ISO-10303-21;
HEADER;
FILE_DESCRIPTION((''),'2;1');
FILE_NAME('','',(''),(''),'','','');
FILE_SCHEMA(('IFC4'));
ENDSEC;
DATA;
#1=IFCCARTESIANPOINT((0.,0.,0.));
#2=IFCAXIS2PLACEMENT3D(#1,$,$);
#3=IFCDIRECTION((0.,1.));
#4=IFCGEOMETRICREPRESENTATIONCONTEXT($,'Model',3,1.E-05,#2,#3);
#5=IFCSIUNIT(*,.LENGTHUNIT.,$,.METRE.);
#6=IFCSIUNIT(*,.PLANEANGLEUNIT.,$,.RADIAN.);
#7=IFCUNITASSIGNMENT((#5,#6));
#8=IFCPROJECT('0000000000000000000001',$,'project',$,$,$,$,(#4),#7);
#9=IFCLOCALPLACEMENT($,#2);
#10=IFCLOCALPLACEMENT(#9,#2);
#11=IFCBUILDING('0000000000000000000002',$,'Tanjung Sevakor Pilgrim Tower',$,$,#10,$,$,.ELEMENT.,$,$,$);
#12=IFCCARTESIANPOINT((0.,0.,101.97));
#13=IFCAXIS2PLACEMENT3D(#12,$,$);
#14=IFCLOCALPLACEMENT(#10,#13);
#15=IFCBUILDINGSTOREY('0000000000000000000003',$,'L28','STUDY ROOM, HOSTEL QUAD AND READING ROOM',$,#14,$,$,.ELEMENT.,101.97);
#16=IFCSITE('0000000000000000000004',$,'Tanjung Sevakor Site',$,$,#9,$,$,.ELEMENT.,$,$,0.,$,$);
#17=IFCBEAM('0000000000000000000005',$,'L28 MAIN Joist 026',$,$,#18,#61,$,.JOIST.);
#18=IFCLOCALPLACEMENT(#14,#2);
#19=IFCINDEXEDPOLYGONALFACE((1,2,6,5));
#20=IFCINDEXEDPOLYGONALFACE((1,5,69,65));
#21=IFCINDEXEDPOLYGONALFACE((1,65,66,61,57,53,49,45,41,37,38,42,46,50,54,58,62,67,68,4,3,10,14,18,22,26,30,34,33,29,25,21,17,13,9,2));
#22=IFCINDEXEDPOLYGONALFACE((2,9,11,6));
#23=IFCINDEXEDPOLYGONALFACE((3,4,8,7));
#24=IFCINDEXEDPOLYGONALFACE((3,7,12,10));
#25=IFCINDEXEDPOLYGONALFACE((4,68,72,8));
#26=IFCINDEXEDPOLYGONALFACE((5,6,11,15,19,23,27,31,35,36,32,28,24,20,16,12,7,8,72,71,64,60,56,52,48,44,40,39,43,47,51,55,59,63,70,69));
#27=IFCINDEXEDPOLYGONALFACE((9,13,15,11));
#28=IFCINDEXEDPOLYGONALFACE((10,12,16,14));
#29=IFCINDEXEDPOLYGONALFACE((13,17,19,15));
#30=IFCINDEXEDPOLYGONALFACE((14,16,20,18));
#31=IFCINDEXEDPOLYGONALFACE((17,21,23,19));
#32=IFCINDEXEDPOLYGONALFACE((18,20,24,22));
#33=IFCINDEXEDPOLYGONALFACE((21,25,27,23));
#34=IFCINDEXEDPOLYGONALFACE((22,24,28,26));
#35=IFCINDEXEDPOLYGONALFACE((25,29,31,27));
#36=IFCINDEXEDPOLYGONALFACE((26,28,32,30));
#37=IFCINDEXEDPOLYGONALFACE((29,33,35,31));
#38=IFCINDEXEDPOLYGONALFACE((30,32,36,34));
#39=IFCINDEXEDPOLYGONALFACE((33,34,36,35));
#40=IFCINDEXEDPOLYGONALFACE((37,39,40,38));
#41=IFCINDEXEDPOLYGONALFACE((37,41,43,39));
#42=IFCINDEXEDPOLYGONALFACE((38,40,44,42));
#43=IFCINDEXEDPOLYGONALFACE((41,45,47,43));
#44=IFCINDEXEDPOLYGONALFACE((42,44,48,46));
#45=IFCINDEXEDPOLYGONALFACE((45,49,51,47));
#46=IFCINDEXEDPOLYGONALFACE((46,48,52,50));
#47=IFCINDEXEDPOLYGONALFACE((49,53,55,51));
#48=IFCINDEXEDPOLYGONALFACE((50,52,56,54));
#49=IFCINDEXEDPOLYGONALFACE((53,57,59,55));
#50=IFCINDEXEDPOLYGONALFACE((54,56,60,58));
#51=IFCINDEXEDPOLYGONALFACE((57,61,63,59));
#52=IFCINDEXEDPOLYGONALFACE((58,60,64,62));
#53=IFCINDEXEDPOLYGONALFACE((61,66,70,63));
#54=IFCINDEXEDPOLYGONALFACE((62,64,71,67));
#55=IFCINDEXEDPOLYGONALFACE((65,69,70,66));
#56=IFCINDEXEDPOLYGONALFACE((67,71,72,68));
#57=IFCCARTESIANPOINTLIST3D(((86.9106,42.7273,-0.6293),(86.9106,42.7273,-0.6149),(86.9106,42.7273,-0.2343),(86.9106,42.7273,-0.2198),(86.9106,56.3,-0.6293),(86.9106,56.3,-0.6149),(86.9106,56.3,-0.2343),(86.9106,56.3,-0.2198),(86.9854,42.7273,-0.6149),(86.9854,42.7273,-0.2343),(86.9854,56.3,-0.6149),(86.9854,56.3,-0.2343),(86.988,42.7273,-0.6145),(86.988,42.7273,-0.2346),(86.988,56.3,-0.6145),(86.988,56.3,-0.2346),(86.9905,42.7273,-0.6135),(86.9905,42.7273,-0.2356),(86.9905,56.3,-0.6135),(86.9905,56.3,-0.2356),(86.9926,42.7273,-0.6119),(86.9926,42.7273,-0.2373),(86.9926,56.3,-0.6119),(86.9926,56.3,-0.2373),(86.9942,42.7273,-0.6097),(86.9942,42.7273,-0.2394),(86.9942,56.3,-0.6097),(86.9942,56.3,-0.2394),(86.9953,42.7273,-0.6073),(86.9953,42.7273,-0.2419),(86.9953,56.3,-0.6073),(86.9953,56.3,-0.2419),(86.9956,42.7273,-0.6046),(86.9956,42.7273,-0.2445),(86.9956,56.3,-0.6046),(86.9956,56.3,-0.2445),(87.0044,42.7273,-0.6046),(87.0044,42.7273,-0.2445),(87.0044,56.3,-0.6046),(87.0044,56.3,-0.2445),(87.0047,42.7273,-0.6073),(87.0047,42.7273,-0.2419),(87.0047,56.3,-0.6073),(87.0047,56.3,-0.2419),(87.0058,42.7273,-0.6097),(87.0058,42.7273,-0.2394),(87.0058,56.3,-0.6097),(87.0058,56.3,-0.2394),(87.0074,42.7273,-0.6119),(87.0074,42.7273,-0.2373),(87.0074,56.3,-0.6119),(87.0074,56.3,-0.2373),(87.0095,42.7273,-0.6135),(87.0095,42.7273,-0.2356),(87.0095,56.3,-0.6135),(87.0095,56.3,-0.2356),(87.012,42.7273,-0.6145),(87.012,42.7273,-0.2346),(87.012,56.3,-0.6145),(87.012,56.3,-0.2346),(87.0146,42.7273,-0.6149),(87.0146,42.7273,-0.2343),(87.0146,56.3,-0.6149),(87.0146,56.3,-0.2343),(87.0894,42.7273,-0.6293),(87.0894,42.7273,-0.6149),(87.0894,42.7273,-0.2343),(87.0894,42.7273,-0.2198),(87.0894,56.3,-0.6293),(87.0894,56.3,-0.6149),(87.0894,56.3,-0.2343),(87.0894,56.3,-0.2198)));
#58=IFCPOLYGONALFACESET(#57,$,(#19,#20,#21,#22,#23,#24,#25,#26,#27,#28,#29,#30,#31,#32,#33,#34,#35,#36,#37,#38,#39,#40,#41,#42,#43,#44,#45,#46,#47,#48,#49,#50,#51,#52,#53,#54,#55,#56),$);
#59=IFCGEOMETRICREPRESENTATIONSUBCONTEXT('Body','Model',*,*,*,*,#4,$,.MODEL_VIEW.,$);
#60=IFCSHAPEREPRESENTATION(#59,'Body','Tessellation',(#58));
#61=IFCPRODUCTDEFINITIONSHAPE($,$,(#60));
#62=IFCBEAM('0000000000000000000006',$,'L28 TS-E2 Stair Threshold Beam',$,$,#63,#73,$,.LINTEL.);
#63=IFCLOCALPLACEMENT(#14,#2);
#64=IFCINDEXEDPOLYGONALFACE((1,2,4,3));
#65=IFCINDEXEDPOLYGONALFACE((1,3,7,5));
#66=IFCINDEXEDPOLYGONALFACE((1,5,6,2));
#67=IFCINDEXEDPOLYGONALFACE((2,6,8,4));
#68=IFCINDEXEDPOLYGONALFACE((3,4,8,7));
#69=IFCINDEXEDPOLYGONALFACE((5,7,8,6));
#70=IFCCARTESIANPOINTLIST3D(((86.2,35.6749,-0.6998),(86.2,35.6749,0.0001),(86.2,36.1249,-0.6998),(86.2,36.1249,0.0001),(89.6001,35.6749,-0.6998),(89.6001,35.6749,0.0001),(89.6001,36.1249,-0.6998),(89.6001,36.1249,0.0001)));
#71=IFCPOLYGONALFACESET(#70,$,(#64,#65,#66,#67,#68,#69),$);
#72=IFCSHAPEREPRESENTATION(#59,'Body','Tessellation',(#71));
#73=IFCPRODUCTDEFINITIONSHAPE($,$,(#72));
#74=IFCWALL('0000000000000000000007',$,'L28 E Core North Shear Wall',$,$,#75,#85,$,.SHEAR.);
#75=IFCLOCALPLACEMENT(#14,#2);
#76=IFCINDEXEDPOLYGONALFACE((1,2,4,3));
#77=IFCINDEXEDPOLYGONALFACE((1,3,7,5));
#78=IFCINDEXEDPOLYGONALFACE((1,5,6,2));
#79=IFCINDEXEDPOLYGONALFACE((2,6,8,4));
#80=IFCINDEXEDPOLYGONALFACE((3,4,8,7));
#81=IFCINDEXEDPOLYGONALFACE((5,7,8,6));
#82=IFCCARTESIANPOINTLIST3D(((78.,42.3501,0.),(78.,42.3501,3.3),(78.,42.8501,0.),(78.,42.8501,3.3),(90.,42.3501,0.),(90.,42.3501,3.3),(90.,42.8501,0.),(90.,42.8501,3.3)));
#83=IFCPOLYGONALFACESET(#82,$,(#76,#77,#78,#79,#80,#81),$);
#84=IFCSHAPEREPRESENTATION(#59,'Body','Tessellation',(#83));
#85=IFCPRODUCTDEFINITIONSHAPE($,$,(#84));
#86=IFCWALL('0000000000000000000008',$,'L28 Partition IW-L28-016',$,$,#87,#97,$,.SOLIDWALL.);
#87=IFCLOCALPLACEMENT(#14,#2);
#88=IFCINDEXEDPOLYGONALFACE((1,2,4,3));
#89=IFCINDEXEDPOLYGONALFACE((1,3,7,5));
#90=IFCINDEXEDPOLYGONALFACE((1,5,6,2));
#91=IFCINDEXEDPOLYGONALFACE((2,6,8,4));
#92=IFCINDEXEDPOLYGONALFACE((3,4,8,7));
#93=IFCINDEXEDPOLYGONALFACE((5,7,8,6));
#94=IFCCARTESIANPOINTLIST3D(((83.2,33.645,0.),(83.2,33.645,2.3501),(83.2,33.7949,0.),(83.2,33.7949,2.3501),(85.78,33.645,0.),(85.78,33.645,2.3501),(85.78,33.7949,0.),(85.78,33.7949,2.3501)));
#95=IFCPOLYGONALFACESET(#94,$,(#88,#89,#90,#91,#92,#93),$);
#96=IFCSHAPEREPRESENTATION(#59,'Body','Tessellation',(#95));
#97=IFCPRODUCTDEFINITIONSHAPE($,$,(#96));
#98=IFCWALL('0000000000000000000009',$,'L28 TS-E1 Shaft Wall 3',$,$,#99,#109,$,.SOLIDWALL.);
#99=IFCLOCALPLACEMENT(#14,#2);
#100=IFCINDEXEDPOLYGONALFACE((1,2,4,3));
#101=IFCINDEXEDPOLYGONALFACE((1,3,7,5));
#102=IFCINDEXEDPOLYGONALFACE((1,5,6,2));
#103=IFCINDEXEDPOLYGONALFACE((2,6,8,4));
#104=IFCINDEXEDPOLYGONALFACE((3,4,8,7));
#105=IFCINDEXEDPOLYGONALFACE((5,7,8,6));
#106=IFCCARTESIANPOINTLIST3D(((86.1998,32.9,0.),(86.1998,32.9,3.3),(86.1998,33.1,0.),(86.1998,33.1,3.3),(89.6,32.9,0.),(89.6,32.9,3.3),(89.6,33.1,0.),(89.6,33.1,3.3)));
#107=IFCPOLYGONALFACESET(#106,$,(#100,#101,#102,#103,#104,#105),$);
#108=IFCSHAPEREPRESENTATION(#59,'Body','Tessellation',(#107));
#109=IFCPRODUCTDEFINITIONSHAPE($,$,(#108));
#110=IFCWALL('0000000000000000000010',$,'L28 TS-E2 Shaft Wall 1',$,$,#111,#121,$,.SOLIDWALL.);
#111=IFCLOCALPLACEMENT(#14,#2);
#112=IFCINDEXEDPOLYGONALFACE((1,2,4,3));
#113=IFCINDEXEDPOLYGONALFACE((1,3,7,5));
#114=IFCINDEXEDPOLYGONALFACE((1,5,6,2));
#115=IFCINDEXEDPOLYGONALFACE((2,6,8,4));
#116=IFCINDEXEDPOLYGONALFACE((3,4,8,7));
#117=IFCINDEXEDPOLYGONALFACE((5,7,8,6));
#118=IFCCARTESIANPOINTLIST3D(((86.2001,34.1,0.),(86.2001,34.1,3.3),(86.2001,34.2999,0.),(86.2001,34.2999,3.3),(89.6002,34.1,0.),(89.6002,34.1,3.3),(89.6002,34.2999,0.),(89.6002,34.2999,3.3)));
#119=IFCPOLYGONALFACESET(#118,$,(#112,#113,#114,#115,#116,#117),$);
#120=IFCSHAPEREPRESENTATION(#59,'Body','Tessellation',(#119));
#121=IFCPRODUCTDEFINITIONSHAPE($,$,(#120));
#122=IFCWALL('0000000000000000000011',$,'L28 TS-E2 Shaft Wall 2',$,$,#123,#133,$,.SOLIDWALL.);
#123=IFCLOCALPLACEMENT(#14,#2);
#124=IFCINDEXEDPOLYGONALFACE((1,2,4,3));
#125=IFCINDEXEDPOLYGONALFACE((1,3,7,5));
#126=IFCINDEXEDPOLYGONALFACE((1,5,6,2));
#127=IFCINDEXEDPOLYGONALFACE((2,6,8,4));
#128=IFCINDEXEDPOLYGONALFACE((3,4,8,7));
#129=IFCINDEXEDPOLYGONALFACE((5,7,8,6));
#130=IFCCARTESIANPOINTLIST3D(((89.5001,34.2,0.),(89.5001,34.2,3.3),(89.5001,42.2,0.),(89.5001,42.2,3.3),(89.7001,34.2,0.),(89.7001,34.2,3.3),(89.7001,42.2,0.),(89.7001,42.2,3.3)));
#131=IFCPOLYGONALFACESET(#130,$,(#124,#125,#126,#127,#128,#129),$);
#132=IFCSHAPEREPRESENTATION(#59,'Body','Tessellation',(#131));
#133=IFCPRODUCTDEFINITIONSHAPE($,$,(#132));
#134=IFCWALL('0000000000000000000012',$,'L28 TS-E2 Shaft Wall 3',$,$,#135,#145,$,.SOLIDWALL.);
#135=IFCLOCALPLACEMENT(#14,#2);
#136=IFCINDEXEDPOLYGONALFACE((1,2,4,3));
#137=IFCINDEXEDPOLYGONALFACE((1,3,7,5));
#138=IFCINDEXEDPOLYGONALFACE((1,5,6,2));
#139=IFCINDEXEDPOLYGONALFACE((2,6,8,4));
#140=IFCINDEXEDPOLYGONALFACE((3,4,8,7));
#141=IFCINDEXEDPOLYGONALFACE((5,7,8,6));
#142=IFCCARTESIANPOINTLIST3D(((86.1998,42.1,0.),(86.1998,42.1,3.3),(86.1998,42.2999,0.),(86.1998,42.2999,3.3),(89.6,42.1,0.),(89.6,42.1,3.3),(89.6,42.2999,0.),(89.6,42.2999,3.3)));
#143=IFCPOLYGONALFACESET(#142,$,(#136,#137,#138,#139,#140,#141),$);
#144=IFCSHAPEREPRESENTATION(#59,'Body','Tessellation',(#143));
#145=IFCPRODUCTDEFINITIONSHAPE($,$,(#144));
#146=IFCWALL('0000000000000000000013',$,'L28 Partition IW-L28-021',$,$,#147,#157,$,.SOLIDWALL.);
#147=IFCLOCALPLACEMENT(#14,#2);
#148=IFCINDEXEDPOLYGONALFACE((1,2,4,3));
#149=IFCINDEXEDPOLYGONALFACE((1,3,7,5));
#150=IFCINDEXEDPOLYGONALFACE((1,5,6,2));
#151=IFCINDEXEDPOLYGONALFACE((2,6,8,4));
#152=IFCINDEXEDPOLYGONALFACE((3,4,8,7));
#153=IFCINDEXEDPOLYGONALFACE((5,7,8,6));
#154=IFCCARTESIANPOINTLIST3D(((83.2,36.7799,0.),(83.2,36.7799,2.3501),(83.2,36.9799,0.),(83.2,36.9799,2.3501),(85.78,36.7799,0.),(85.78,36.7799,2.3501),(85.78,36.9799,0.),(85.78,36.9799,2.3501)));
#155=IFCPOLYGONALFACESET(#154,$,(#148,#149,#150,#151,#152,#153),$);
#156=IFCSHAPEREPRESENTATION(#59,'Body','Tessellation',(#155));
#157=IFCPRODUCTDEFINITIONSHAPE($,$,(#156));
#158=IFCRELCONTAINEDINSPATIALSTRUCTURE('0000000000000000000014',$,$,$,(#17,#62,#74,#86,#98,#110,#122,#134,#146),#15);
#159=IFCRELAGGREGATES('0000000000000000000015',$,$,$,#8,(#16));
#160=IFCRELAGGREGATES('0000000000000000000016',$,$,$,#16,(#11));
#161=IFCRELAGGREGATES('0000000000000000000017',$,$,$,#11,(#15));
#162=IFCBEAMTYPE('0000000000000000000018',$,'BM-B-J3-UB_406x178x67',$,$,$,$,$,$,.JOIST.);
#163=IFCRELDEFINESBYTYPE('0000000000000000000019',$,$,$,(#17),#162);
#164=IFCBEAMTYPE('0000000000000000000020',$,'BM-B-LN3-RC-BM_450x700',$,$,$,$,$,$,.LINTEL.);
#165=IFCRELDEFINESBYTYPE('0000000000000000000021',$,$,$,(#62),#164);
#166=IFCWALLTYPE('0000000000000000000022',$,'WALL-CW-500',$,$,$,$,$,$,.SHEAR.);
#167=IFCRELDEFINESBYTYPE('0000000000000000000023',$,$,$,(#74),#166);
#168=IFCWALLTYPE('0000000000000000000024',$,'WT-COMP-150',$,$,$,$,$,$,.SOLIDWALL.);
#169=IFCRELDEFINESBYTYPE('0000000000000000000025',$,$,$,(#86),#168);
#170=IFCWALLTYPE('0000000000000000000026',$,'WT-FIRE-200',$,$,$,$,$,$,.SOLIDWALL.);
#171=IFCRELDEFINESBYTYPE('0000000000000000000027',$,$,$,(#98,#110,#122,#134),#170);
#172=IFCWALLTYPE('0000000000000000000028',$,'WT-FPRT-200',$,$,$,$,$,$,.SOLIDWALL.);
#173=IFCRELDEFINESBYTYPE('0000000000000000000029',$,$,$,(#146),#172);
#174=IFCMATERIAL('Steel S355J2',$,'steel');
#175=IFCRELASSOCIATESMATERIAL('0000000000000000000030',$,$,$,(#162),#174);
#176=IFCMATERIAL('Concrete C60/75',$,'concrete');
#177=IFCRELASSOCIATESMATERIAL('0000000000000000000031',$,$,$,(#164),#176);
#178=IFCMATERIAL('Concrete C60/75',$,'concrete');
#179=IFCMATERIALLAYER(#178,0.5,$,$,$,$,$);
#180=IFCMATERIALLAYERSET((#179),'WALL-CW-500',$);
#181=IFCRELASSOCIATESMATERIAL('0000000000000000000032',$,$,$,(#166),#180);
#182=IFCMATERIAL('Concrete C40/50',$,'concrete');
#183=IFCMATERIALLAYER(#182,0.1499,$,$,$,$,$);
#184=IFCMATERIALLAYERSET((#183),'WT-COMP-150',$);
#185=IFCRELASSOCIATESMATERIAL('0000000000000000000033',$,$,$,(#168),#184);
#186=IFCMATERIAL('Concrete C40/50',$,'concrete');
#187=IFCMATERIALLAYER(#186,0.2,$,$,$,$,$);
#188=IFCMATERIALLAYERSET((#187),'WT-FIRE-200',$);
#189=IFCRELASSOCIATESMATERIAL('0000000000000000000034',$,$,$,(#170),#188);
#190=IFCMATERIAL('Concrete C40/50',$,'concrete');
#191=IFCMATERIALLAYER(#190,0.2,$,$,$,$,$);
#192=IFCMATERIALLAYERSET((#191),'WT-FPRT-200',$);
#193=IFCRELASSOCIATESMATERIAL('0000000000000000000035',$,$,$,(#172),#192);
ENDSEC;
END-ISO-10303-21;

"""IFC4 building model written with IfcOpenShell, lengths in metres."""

from ifc_helpers import new_model, si_unit, direction, frame, frame_2d, origin, origin_2d, place, context, subcontext, project, spatial, rectangle, i_section, extrude, material, layer, layer_set, material_profile, profile_set, type_object, element, save


model = new_model("IFC4")

# Units and contexts
model_context = context("Model", 3, precision=1e-05, world=origin(), true_north=direction((0.0, 1.0)))
body_context = subcontext(model_context, "Body", "Model", "MODEL_VIEW")
ifc_project = project(units=[si_unit("LENGTHUNIT", "METRE"), si_unit("PLANEANGLEUNIT", "RADIAN")], contexts=[model_context])

# Site, building, storey
site_placement = place(None, origin())
site = spatial("IfcSite", under=ifc_project, at=site_placement, Name="Tanjung Sevakor Site", CompositionType="ELEMENT", RefElevation=0.0)
building_placement = place(site_placement, origin())
building = spatial("IfcBuilding", under=site, at=building_placement, Name="Tanjung Sevakor Pilgrim Tower", CompositionType="ELEMENT")
storey_placement = place(building_placement, frame((0.0, 0.0, 101.97)))
storey = spatial("IfcBuildingStorey", under=building, at=storey_placement, Name="L28", Description="STUDY ROOM, HOSTEL QUAD AND READING ROOM", CompositionType="ELEMENT", Elevation=101.97)

# Beams
ifc_material_1 = material(Name="Steel S355J2", Category="steel")
ifc_material_profile_1 = material_profile(ifc_material_1, i_section(OverallWidth=0.1787, OverallDepth=0.4094, WebThickness=0.0088, FlangeThickness=0.0144, FilletRadius=0.0103, at=origin_2d()))
ifc_profile_set_1 = profile_set([ifc_material_profile_1], Name="Steel S355J2")
beam_type_1 = type_object("IfcBeamType", Name="BM-B-J3-UB_406x178x67", PredefinedType="JOIST", material=ifc_profile_set_1)
beam_1_placement = place(storey_placement, frame((87.0, 42.7273, -0.4246), z_axis=(0.0, 1.0, 0.0), x_axis=(-1.0, 0.0, 0.0)))
element("IfcBeam", 1, at=beam_1_placement, inside=storey, type_object=beam_type_1, Name="L28 MAIN Joist 026", PredefinedType="JOIST", context=body_context, shape_type="SweptSolid", body=[
    extrude(i_section(OverallWidth=0.1787, OverallDepth=0.4094, WebThickness=0.0088, FlangeThickness=0.0144, FilletRadius=0.0103, at=origin_2d()), origin(), (0.0, 0.0, 1.0), 13.5728),
])
ifc_material_2 = material(Name="Concrete C60/75", Category="concrete")
ifc_material_profile_2 = material_profile(ifc_material_2, rectangle(XDim=0.45, YDim=0.7, at=origin_2d()))
ifc_profile_set_2 = profile_set([ifc_material_profile_2], Name="Concrete C60/75")
beam_type_2 = type_object("IfcBeamType", Name="BM-B-LN3-RC-BM_450x700", PredefinedType="LINTEL", material=ifc_profile_set_2)
beam_2_placement = place(storey_placement, frame((86.2, 35.8999, -0.3499), z_axis=(1.0, 0.0, 0.0), x_axis=(0.0, 1.0, 0.0)))
element("IfcBeam", 2, at=beam_2_placement, inside=storey, type_object=beam_type_2, Name="L28 TS-E2 Stair Threshold Beam", PredefinedType="LINTEL", context=body_context, shape_type="SweptSolid", body=[
    extrude(rectangle(XDim=0.45, YDim=0.7, at=origin_2d()), origin(), (0.0, 0.0, 1.0), 3.4001),
])

# Walls
ifc_material_3 = material(Name="Concrete C60/75", Category="concrete")
ifc_layer_1 = layer(ifc_material_3, 0.5)
ifc_layer_set_1 = layer_set([ifc_layer_1], Name="WALL-CW-500")
wall_type_1 = type_object("IfcWallType", Name="WALL-CW-500", PredefinedType="SHEAR", material=ifc_layer_set_1)
wall_1_placement = place(storey_placement, frame((90.0, 42.6001, 0.0), z_axis=(0.0, 0.0, 1.0), x_axis=(-1.0, 0.0, 0.0)))
element("IfcWall", 3, at=wall_1_placement, inside=storey, type_object=wall_type_1, Name="L28 E Core North Shear Wall", PredefinedType="SHEAR", context=body_context, shape_type="SweptSolid", body=[
    extrude(rectangle(XDim=12.0, YDim=0.5, at=frame_2d((6.0, 0.0))), origin(), (0.0, 0.0, 1.0), 3.3),
])
ifc_material_4 = material(Name="Concrete C40/50", Category="concrete")
ifc_layer_2 = layer(ifc_material_4, 0.1499)
ifc_layer_set_2 = layer_set([ifc_layer_2], Name="WT-COMP-150")
wall_type_2 = type_object("IfcWallType", Name="WT-COMP-150", PredefinedType="SOLIDWALL", material=ifc_layer_set_2)
wall_2_placement = place(storey_placement, frame((83.2, 33.72, 0.0), z_axis=(0.0, 0.0, 1.0), x_axis=(1.0, 0.0, 0.0)))
element("IfcWall", 4, at=wall_2_placement, inside=storey, type_object=wall_type_2, Name="L28 Partition IW-L28-016", PredefinedType="SOLIDWALL", context=body_context, shape_type="SweptSolid", body=[
    extrude(rectangle(XDim=2.5801, YDim=0.1499, at=frame_2d((1.29, 0.0))), origin(), (0.0, 0.0, 1.0), 2.3501),
])
ifc_material_5 = material(Name="Concrete C40/50", Category="concrete")
ifc_layer_3 = layer(ifc_material_5, 0.2)
ifc_layer_set_3 = layer_set([ifc_layer_3], Name="WT-FIRE-200")
wall_type_3 = type_object("IfcWallType", Name="WT-FIRE-200", PredefinedType="SOLIDWALL", material=ifc_layer_set_3)
for number, where, z_axis, x_axis, name in (
    (5, (89.6001, 33.0, 0.0), (0.0, 0.0, 1.0), (-1.0, 0.0, 0.0), "L28 TS-E1 Shaft Wall 3"),
    (6, (86.2, 34.2, 0.0), (0.0, 0.0, 1.0), (1.0, 0.0, 0.0), "L28 TS-E2 Shaft Wall 1"),
):
    element("IfcWall", number, at=place(storey_placement, frame(where, z_axis=z_axis, x_axis=x_axis)), inside=storey, type_object=wall_type_3, Name=name, PredefinedType="SOLIDWALL", context=body_context, shape_type="SweptSolid", body=[
        extrude(rectangle(XDim=3.4001, YDim=0.2, at=frame_2d((1.7002, 0.0))), origin(), (0.0, 0.0, 1.0), 3.3),
    ])
wall_3_placement = place(storey_placement, frame((89.6001, 34.2, 0.0), z_axis=(0.0, 0.0, 1.0), x_axis=(0.0, 1.0, 0.0)))
element("IfcWall", 7, at=wall_3_placement, inside=storey, type_object=wall_type_3, Name="L28 TS-E2 Shaft Wall 2", PredefinedType="SOLIDWALL", context=body_context, shape_type="SweptSolid", body=[
    extrude(rectangle(XDim=8.0, YDim=0.2, at=frame_2d((4.0, 0.0))), origin(), (0.0, 0.0, 1.0), 3.3),
])
wall_4_placement = place(storey_placement, frame((89.6001, 42.2, 0.0), z_axis=(0.0, 0.0, 1.0), x_axis=(-1.0, 0.0, 0.0)))
element("IfcWall", 8, at=wall_4_placement, inside=storey, type_object=wall_type_3, Name="L28 TS-E2 Shaft Wall 3", PredefinedType="SOLIDWALL", context=body_context, shape_type="SweptSolid", body=[
    extrude(rectangle(XDim=3.4001, YDim=0.2, at=frame_2d((1.7002, 0.0))), origin(), (0.0, 0.0, 1.0), 3.3),
])
ifc_material_6 = material(Name="Concrete C40/50", Category="concrete")
ifc_layer_4 = layer(ifc_material_6, 0.2)
ifc_layer_set_4 = layer_set([ifc_layer_4], Name="WT-FPRT-200")
wall_type_4 = type_object("IfcWallType", Name="WT-FPRT-200", PredefinedType="SOLIDWALL", material=ifc_layer_set_4)
wall_5_placement = place(storey_placement, frame((83.2, 36.8799, 0.0), z_axis=(0.0, 0.0, 1.0), x_axis=(1.0, 0.0, 0.0)))
element("IfcWall", 9, at=wall_5_placement, inside=storey, type_object=wall_type_4, Name="L28 Partition IW-L28-021", PredefinedType="SOLIDWALL", context=body_context, shape_type="SweptSolid", body=[
    extrude(rectangle(XDim=2.5801, YDim=0.2, at=frame_2d((1.29, 0.0))), origin(), (0.0, 0.0, 1.0), 2.3501),
])

save(model, "model.ifc")
